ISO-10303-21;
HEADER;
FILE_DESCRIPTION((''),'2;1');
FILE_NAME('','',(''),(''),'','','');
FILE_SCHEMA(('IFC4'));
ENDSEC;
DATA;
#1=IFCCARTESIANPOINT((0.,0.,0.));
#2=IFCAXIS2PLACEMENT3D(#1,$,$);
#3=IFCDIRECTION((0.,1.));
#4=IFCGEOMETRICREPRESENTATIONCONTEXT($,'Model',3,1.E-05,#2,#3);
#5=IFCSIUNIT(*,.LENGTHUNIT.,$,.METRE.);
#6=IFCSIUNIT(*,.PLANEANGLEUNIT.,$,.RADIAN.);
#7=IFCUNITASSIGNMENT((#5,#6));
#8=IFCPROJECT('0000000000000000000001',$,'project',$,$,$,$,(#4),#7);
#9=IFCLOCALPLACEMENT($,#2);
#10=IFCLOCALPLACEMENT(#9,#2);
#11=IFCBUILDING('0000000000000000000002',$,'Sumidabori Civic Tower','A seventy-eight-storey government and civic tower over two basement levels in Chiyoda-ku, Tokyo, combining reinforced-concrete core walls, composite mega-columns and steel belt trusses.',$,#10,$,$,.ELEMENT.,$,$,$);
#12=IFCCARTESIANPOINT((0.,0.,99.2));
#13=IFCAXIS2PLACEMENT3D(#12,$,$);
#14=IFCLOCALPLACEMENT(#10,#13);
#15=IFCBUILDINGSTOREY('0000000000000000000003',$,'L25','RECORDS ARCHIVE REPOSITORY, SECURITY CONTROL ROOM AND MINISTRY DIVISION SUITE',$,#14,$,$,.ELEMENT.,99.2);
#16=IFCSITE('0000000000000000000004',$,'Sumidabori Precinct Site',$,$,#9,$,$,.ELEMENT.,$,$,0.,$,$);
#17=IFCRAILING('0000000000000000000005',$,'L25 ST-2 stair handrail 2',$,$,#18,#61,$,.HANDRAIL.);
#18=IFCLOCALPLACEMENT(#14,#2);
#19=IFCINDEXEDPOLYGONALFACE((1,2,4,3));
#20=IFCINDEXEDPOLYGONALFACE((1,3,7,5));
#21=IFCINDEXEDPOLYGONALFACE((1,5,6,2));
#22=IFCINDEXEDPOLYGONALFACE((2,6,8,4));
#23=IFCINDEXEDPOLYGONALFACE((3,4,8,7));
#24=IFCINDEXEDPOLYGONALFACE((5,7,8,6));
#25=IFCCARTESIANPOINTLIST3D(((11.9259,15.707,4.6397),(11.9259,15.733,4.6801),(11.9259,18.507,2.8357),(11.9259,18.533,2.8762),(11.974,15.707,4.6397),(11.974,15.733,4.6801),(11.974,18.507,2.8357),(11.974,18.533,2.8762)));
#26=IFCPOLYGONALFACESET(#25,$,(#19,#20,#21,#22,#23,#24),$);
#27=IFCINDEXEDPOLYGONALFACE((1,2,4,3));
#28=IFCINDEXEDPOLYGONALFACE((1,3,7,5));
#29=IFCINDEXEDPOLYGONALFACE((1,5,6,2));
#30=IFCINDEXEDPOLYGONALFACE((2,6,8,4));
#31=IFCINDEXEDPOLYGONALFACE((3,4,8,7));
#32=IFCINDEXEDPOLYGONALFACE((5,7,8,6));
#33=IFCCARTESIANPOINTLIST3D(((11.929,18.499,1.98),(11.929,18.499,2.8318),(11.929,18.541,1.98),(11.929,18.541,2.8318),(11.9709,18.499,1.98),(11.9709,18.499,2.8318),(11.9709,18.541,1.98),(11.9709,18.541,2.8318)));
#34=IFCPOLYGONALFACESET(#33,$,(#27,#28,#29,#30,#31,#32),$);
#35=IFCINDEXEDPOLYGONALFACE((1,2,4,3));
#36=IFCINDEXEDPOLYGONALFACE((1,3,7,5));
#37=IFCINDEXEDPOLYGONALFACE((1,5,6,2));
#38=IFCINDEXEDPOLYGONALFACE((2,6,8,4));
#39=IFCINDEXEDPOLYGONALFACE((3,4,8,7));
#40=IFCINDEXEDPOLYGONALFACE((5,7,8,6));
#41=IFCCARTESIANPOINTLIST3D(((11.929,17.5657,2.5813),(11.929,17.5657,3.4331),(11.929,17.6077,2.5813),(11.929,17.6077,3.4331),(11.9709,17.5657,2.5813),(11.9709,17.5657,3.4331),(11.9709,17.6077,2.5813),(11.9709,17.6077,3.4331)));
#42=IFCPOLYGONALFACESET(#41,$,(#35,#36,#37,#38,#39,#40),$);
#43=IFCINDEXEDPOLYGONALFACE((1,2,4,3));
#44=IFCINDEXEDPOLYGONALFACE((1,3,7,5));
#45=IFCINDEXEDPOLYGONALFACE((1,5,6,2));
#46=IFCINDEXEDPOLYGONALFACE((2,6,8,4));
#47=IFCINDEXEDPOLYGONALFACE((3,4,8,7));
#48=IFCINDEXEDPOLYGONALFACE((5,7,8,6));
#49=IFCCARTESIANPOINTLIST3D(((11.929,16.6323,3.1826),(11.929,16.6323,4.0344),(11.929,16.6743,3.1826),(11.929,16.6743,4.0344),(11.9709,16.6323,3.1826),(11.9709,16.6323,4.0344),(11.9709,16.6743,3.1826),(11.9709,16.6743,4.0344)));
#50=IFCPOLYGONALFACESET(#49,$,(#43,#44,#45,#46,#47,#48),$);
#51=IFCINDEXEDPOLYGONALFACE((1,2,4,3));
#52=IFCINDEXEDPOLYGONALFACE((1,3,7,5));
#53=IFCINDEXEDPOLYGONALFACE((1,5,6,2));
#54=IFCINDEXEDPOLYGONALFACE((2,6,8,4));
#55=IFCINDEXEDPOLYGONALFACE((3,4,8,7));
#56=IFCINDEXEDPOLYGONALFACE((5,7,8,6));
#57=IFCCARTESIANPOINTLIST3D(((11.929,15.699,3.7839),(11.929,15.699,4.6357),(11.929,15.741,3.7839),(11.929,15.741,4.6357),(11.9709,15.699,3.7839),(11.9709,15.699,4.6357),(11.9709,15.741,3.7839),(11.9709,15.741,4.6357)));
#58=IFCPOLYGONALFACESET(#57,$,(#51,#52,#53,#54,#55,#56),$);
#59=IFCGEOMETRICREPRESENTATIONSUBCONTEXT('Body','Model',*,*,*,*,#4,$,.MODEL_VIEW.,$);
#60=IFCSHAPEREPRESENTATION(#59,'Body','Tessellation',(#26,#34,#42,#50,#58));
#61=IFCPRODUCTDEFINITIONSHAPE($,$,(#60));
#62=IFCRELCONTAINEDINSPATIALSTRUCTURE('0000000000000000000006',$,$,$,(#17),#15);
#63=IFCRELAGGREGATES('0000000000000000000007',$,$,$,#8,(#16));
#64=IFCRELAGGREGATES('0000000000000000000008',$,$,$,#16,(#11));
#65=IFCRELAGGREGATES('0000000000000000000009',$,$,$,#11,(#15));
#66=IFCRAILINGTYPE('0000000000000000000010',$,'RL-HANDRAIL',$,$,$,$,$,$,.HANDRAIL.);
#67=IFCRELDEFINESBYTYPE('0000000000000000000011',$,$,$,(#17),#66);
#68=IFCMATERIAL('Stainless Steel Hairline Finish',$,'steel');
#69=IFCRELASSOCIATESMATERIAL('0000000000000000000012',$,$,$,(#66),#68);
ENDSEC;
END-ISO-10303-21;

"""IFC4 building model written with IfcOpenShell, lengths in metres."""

from ifc_helpers import new_model, si_unit, direction, frame, origin, origin_2d, place, context, subcontext, project, spatial, rectangle, extrude, material, type_object, element, save


model = new_model("IFC4")

# Units and contexts
model_context = context("Model", 3, precision=1e-05, world=origin(), true_north=direction((0.0, 1.0)))
body_context = subcontext(model_context, "Body", "Model", "MODEL_VIEW")
ifc_project = project(units=[si_unit("LENGTHUNIT", "METRE"), si_unit("PLANEANGLEUNIT", "RADIAN")], contexts=[model_context])

# Site, building, storey
site_placement = place(None, origin())
site = spatial("IfcSite", under=ifc_project, at=site_placement, Name="Sumidabori Precinct Site", CompositionType="ELEMENT", RefElevation=0.0)
building_placement = place(site_placement, origin())
building = spatial("IfcBuilding", under=site, at=building_placement, Name="Sumidabori Civic Tower", Description="A seventy-eight-storey government and civic tower over two basement levels in Chiyoda-ku, Tokyo, combining reinforced-concrete core walls, composite mega-columns and steel belt trusses.", CompositionType="ELEMENT")
storey_placement = place(building_placement, frame((0.0, 0.0, 99.2)))
storey = spatial("IfcBuildingStorey", under=building, at=storey_placement, Name="L25", Description="RECORDS ARCHIVE REPOSITORY, SECURITY CONTROL ROOM AND MINISTRY DIVISION SUITE", CompositionType="ELEMENT", Elevation=99.2)

# Shared definitions
ifc_material_1 = material(Name="Stainless Steel Hairline Finish", Category="steel")

# Railing
railing_type = type_object("IfcRailingType", Name="RL-HANDRAIL", PredefinedType="HANDRAIL", material=ifc_material_1)
railing_placement = place(storey_placement, frame((11.95, 18.52, 1.98)))
element("IfcRailing", 1, at=railing_placement, inside=storey, type_object=railing_type, Name="L25 ST-2 stair handrail 2", PredefinedType="HANDRAIL", context=body_context, shape_type="SweptSolid", body=[
    extrude(rectangle(XDim=0.0481, YDim=0.0481, at=origin_2d()), frame((0.0, 0.0, 0.876), z_axis=(0.0, -0.840642, 0.541591), x_axis=(1.0, 0.0, 0.0)), (0.0, 0.0, 1.0), 3.3308),
    extrude(rectangle(XDim=0.042, YDim=0.042, at=origin_2d()), origin(), (0.0, 0.0, 1.0), 0.8518),
    extrude(rectangle(XDim=0.042, YDim=0.042, at=origin_2d()), frame((0.0, -0.9333, 0.6013)), (0.0, 0.0, 1.0), 0.8518),
    extrude(rectangle(XDim=0.042, YDim=0.042, at=origin_2d()), frame((0.0, -1.8667, 1.2026)), (0.0, 0.0, 1.0), 0.8518),
    extrude(rectangle(XDim=0.042, YDim=0.042, at=origin_2d()), frame((0.0, -2.8, 1.804)), (0.0, 0.0, 1.0), 0.8518),
])

save(model, "model.ifc")
